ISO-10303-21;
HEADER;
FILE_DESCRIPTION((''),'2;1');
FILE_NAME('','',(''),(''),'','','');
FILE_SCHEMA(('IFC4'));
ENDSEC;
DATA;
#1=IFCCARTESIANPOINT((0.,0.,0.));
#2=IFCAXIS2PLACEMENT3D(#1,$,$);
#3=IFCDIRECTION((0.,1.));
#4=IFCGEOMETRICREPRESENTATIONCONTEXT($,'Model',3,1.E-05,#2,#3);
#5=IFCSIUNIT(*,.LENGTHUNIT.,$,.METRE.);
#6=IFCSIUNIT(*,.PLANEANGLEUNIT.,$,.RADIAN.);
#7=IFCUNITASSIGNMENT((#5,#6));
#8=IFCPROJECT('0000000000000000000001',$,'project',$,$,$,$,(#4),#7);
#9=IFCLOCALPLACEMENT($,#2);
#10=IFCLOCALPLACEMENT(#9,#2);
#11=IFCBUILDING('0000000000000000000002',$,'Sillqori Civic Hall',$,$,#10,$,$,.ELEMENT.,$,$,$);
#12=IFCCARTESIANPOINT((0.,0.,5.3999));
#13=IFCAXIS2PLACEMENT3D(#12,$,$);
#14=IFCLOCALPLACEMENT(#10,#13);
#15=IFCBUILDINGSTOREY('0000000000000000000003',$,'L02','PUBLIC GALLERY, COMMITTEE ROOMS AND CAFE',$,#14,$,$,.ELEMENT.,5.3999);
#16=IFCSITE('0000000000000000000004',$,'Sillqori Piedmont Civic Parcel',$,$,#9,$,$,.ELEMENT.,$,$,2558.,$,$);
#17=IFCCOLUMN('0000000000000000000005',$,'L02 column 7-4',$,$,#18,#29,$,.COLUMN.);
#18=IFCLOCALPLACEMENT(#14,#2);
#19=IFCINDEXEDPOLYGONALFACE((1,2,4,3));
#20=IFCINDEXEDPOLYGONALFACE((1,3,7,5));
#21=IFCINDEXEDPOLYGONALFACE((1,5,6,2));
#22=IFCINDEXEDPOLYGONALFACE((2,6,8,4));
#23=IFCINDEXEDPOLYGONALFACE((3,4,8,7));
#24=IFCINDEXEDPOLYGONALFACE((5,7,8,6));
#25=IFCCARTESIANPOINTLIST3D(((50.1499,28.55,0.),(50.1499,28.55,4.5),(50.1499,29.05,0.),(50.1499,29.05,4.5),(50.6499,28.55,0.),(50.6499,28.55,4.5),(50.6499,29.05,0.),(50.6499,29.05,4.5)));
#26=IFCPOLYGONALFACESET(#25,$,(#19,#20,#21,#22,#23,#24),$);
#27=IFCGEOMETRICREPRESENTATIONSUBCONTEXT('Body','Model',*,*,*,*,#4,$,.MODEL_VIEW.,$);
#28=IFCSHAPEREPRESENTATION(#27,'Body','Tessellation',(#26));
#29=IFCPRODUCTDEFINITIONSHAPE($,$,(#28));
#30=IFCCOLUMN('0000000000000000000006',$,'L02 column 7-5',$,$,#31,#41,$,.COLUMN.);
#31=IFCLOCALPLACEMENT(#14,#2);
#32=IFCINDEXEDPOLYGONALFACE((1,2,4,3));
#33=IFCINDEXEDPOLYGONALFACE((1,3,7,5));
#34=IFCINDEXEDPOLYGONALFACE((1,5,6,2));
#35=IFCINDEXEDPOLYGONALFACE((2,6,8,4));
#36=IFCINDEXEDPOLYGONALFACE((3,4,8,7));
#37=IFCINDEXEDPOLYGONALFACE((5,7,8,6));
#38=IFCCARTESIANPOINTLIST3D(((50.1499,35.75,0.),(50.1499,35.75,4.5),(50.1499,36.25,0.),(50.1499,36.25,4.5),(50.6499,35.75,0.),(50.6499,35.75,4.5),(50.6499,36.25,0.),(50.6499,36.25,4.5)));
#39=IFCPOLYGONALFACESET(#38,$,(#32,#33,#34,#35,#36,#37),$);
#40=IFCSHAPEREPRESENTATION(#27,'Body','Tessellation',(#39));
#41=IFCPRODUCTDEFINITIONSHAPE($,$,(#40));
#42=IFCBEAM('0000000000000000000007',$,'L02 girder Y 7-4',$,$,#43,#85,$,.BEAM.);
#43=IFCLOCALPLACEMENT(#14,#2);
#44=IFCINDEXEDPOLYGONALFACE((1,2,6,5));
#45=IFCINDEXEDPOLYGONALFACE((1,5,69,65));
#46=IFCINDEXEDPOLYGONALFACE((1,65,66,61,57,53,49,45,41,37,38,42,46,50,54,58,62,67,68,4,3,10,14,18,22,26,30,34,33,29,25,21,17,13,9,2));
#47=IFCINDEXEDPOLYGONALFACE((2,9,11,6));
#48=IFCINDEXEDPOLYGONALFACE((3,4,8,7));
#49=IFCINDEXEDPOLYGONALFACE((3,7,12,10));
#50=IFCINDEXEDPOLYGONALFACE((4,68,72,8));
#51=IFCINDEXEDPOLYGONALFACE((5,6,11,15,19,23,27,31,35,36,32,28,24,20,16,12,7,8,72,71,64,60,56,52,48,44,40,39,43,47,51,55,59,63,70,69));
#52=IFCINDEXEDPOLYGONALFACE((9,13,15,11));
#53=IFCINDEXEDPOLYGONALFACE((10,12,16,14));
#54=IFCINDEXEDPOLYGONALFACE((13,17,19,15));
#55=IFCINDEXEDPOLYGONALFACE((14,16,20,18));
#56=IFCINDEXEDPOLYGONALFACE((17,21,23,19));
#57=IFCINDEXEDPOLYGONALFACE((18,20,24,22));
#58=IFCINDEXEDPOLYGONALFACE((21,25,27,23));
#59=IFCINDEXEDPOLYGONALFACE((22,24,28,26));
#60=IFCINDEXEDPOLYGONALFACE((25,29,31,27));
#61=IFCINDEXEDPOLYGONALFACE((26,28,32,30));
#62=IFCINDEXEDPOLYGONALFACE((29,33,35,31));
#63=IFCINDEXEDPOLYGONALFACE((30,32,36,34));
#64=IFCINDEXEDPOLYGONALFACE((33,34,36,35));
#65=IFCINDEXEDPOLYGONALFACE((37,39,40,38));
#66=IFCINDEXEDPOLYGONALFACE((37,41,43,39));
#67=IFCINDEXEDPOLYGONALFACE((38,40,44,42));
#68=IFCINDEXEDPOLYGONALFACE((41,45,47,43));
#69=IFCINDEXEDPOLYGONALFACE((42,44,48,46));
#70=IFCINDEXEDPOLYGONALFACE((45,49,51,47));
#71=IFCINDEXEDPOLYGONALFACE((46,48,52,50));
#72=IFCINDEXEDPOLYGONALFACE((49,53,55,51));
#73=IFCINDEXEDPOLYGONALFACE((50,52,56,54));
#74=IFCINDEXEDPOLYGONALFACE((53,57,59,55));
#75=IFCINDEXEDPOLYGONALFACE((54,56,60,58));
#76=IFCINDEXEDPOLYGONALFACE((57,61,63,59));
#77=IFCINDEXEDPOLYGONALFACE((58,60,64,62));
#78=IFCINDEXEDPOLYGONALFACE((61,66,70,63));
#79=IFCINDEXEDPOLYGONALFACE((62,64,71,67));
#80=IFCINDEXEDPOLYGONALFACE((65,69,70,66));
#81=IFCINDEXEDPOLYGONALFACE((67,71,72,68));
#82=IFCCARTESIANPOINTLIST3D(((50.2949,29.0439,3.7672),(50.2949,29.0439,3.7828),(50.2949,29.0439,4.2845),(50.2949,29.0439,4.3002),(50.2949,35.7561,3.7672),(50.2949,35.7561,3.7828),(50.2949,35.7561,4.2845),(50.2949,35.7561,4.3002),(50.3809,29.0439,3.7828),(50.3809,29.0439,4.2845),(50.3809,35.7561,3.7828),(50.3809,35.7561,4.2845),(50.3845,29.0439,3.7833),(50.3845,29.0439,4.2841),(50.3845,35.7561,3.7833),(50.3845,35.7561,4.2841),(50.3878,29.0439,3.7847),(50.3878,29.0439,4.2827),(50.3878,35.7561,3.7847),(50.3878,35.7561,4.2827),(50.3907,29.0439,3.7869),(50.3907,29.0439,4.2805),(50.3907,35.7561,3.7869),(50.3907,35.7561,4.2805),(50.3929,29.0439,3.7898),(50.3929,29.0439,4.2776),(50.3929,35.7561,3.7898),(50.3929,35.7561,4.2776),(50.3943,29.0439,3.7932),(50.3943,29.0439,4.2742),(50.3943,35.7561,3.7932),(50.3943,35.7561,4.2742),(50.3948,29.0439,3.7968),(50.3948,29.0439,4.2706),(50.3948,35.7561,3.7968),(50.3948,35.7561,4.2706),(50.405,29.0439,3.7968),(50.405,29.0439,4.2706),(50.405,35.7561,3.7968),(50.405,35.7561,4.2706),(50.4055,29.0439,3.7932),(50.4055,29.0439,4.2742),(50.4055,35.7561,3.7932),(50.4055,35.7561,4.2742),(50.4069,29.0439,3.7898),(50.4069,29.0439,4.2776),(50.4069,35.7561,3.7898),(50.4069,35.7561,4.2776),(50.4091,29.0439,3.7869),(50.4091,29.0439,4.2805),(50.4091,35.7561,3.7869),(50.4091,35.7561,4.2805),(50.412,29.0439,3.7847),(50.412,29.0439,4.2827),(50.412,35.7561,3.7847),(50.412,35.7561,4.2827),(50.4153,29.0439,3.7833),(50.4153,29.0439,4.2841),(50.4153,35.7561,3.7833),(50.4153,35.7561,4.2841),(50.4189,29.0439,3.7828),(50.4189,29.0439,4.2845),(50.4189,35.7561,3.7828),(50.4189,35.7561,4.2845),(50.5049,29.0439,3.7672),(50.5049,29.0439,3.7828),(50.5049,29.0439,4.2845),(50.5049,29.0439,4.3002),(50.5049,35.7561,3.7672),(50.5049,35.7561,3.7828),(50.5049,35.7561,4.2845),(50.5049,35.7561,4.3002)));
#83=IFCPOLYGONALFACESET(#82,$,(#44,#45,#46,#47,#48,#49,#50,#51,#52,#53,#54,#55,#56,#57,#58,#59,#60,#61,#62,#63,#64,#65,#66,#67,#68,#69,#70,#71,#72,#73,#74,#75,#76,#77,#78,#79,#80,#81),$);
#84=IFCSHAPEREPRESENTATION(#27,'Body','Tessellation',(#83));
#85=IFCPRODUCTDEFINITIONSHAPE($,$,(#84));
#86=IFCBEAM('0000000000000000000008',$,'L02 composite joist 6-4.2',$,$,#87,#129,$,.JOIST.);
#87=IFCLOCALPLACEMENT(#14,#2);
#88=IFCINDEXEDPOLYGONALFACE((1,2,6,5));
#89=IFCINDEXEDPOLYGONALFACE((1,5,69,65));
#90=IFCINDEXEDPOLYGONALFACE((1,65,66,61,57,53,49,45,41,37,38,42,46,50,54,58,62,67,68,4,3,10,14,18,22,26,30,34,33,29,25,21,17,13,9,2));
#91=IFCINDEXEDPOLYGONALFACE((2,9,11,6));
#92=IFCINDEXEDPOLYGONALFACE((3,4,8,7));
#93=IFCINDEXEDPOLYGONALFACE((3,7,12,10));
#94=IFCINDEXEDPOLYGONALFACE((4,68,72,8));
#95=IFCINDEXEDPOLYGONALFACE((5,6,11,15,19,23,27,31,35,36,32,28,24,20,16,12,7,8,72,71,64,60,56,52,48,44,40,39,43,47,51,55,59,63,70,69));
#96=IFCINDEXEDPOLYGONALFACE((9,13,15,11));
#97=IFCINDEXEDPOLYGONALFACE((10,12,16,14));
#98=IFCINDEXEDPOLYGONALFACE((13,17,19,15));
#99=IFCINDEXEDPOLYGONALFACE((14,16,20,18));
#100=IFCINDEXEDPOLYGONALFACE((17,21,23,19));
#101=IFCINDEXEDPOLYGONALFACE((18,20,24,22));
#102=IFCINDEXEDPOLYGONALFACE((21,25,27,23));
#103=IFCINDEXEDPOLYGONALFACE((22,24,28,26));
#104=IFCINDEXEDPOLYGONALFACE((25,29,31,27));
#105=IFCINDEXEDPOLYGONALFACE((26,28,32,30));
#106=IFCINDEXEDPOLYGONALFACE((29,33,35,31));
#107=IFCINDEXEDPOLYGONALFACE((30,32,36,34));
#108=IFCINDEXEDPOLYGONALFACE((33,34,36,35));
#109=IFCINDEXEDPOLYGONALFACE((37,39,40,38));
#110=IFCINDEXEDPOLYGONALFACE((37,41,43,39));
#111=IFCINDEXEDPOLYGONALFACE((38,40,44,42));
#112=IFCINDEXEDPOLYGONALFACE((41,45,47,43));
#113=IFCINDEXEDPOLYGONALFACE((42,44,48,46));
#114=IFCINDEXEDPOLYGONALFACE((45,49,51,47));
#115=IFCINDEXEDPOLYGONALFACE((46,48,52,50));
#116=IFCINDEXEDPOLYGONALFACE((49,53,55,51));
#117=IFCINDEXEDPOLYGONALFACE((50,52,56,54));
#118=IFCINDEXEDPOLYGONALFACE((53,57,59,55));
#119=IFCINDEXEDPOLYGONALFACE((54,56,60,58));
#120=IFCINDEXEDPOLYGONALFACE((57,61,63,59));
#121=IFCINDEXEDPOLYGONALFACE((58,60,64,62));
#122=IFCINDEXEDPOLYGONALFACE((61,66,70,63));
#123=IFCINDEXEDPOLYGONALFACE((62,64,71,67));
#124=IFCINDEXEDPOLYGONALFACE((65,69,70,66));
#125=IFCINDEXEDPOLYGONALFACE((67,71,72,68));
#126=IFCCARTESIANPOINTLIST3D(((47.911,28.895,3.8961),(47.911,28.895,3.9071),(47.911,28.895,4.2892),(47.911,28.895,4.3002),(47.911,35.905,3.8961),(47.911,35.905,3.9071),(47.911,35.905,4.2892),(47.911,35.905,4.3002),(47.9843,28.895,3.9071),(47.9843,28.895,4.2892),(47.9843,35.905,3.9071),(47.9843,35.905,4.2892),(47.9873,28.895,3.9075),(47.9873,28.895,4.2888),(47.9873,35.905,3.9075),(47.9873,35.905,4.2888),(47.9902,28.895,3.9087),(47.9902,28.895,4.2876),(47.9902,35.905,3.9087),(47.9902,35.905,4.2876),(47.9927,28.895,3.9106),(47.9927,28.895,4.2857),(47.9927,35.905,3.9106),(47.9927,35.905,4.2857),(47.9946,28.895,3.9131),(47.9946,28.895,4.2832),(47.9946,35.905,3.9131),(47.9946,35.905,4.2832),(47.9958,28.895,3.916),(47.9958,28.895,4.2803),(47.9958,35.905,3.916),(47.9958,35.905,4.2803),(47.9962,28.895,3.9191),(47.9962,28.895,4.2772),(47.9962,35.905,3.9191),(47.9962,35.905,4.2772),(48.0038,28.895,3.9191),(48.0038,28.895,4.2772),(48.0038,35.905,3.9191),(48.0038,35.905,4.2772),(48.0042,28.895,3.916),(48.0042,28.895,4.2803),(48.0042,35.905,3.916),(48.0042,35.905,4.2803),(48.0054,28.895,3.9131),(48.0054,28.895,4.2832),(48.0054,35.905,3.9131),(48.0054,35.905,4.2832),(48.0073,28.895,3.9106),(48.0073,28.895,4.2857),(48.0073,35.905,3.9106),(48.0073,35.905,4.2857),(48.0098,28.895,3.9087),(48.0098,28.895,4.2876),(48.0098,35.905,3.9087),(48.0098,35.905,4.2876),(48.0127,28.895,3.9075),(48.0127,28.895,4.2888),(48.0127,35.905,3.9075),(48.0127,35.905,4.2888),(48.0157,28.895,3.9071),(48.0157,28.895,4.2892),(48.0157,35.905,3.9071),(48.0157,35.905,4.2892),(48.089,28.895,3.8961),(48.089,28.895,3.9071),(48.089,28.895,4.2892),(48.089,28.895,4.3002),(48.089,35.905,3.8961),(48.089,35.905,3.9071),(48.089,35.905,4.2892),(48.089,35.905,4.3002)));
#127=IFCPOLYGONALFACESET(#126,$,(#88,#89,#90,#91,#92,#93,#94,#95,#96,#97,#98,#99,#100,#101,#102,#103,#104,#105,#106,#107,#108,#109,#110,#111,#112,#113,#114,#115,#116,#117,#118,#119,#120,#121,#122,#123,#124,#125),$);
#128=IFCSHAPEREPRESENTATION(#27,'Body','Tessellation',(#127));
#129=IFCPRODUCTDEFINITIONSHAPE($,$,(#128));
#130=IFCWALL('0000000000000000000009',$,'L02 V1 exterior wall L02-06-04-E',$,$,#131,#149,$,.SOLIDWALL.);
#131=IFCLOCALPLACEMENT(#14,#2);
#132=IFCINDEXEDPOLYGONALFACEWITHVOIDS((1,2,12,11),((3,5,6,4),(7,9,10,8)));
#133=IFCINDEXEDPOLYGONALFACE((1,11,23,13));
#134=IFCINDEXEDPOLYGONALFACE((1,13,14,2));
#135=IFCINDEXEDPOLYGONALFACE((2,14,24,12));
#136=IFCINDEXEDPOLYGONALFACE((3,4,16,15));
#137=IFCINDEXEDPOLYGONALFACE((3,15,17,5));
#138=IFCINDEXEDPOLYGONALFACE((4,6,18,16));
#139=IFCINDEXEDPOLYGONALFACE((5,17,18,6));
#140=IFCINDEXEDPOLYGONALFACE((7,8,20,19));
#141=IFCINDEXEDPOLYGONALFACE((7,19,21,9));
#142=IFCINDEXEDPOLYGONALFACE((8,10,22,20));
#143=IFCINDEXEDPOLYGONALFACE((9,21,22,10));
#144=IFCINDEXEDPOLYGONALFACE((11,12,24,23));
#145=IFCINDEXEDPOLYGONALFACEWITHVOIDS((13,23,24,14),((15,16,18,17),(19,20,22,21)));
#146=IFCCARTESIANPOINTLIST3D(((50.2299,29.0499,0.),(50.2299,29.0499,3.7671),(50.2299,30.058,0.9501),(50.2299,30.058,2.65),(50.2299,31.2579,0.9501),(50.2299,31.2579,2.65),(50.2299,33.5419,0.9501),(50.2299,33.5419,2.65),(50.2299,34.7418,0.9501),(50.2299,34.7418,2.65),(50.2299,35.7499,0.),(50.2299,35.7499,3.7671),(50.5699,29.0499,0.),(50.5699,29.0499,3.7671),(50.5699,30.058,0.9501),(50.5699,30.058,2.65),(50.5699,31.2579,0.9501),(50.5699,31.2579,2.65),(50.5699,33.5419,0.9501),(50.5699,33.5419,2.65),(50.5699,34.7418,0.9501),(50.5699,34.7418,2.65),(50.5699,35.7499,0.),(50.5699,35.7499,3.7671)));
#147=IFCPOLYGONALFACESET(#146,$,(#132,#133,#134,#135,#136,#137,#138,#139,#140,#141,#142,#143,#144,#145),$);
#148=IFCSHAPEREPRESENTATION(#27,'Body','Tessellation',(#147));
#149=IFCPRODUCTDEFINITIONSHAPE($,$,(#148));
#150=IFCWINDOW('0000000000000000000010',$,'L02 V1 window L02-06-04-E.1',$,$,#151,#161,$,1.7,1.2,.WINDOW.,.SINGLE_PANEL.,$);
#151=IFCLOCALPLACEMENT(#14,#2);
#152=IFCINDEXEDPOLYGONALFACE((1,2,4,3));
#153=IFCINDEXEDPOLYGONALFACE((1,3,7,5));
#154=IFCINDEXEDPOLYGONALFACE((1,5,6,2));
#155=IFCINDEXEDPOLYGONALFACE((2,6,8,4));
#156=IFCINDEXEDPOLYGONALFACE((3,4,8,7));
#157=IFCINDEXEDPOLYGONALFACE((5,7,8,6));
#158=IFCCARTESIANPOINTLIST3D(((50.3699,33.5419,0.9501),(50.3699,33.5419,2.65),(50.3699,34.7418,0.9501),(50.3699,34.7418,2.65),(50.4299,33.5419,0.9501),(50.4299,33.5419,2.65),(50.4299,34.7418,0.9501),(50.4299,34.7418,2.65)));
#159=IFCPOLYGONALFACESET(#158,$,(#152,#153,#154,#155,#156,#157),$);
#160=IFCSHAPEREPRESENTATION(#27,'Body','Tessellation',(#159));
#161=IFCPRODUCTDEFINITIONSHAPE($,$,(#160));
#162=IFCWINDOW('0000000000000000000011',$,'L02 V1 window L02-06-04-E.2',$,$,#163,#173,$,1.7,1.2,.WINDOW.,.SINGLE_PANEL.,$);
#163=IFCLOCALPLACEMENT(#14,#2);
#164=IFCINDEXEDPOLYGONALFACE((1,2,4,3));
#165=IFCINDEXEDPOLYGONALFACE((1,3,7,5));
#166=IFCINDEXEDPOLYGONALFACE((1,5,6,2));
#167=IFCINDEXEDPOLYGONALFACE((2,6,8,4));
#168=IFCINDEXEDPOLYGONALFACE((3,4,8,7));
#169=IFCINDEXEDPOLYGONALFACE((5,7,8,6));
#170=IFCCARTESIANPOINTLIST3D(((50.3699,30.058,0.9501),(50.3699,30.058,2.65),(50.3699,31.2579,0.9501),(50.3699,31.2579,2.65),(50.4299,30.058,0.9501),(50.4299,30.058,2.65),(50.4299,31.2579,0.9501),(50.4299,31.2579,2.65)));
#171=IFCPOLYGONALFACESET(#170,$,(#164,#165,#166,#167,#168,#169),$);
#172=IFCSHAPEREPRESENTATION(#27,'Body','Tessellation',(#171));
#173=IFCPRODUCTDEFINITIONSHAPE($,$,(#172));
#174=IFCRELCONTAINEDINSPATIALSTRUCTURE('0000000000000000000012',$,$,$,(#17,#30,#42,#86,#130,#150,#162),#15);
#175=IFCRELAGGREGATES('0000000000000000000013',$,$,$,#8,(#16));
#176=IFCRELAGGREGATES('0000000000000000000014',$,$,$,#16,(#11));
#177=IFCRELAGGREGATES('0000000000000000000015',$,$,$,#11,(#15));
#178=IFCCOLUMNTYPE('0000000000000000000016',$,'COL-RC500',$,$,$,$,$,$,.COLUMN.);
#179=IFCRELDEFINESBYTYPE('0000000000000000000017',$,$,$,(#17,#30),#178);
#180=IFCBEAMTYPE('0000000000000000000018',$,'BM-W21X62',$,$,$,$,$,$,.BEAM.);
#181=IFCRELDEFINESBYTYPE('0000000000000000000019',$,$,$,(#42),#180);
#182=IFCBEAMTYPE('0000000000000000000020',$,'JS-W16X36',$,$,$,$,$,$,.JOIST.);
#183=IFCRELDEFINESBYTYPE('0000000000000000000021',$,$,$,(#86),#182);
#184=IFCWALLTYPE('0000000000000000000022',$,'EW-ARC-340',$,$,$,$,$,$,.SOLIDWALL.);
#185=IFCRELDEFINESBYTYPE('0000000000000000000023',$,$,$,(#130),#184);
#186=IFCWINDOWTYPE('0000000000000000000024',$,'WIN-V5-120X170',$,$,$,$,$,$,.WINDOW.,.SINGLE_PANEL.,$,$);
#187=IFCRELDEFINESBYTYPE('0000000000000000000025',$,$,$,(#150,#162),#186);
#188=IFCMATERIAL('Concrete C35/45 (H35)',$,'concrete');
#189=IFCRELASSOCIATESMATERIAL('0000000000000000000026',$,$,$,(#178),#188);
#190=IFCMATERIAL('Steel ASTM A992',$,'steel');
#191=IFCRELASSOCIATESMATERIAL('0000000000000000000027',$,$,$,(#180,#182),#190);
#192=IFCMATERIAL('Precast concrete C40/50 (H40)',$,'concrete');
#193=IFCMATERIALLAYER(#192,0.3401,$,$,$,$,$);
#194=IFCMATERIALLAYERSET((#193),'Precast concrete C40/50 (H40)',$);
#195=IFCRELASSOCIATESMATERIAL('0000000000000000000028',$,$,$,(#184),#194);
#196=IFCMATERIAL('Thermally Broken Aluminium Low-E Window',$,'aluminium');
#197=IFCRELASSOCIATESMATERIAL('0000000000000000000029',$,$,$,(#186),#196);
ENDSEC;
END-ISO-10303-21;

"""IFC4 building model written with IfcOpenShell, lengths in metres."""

from ifc_helpers import new_model, si_unit, direction, frame, frame_2d, origin, origin_2d, place, context, subcontext, project, spatial, rectangle, i_section, extrude, material, layer, layer_set, material_profile, profile_set, type_object, element, fill, save


model = new_model("IFC4")

# Units and contexts
model_context = context("Model", 3, precision=1e-05, world=origin(), true_north=direction((0.0, 1.0)))
body_context = subcontext(model_context, "Body", "Model", "MODEL_VIEW")
ifc_project = project(units=[si_unit("LENGTHUNIT", "METRE"), si_unit("PLANEANGLEUNIT", "RADIAN")], contexts=[model_context])

# Site, building, storey
site_placement = place(None, origin())
site = spatial("IfcSite", under=ifc_project, at=site_placement, Name="Sillqori Piedmont Civic Parcel", CompositionType="ELEMENT", RefElevation=2558.0)
building_placement = place(site_placement, origin())
building = spatial("IfcBuilding", under=site, at=building_placement, Name="Sillqori Civic Hall", CompositionType="ELEMENT")
storey_placement = place(building_placement, frame((0.0, 0.0, 5.3999)))
storey = spatial("IfcBuildingStorey", under=building, at=storey_placement, Name="L02", Description="PUBLIC GALLERY, COMMITTEE ROOMS AND CAFE", CompositionType="ELEMENT", Elevation=5.3999)

# Columns
ifc_material_1 = material(Name="Concrete C35/45 (H35)", Category="concrete")
ifc_material_profile_1 = material_profile(ifc_material_1, rectangle(XDim=0.5, YDim=0.5, at=origin_2d()), Name="RC 500x500")
ifc_profile_set_1 = profile_set([ifc_material_profile_1], Name="Concrete C35/45 (H35)")
column_type = type_object("IfcColumnType", Name="COL-RC500", PredefinedType="COLUMN", material=ifc_profile_set_1)
for number, where, z_axis, x_axis, name in (
    (1, (50.3999, 28.8, 0.0), (0.0, 0.0, 1.0), (1.0, 0.0, 0.0), "L02 column 7-4"),
    (2, (50.3999, 36.0, 0.0), (0.0, 0.0, 1.0), (1.0, 0.0, 0.0), "L02 column 7-5"),
):
    element("IfcColumn", number, at=place(storey_placement, frame(where, z_axis=z_axis, x_axis=x_axis)), inside=storey, type_object=column_type, Name=name, PredefinedType="COLUMN", context=body_context, shape_type="SweptSolid", body=[
        extrude(rectangle(XDim=0.5, YDim=0.5, at=origin_2d()), origin(), (0.0, 0.0, 1.0), 4.5),
    ])

# Beams
ifc_material_2 = material(Name="Steel ASTM A992", Category="steel")
ifc_material_profile_2 = material_profile(ifc_material_2, i_section(OverallWidth=0.21, OverallDepth=0.533, WebThickness=0.0103, FlangeThickness=0.0156, FilletRadius=0.0139, at=origin_2d()), Name="W21X62")
ifc_profile_set_2 = profile_set([ifc_material_profile_2], Name="Steel ASTM A992")
beam_type_1 = type_object("IfcBeamType", Name="BM-W21X62", PredefinedType="BEAM", material=ifc_profile_set_2)
beam_1_placement = place(storey_placement, frame((50.3999, 29.0439, 4.0337), z_axis=(0.0, 1.0, 0.0), x_axis=(-1.0, 0.0, 0.0)))
element("IfcBeam", 3, at=beam_1_placement, inside=storey, type_object=beam_type_1, Name="L02 girder Y 7-4", PredefinedType="BEAM", context=body_context, shape_type="SweptSolid", body=[
    extrude(i_section(OverallWidth=0.21, OverallDepth=0.533, WebThickness=0.0103, FlangeThickness=0.0156, FilletRadius=0.0139, at=origin_2d()), origin(), (0.0, 0.0, 1.0), 6.7122),
])
ifc_material_profile_3 = material_profile(ifc_material_2, i_section(OverallWidth=0.178, OverallDepth=0.4041, WebThickness=0.0076, FlangeThickness=0.011, FilletRadius=0.012, at=origin_2d()), Name="W16X36")
ifc_profile_set_3 = profile_set([ifc_material_profile_3], Name="Steel ASTM A992")
beam_type_2 = type_object("IfcBeamType", Name="JS-W16X36", PredefinedType="JOIST", material=ifc_profile_set_3)
beam_2_placement = place(storey_placement, frame((48.0, 28.895, 4.0981), z_axis=(0.0, 1.0, 0.0), x_axis=(-1.0, 0.0, 0.0)))
element("IfcBeam", 4, at=beam_2_placement, inside=storey, type_object=beam_type_2, Name="L02 composite joist 6-4.2", PredefinedType="JOIST", context=body_context, shape_type="SweptSolid", body=[
    extrude(i_section(OverallWidth=0.178, OverallDepth=0.4041, WebThickness=0.0076, FlangeThickness=0.011, FilletRadius=0.012, at=origin_2d()), origin(), (0.0, 0.0, 1.0), 7.01),
])

# Wall, openings, windows
ifc_material_3 = material(Name="Precast concrete C40/50 (H40)", Category="concrete")
ifc_layer_1 = layer(ifc_material_3, 0.3401)
ifc_layer_set_1 = layer_set([ifc_layer_1], Name="Precast concrete C40/50 (H40)")
wall_type = type_object("IfcWallType", Name="EW-ARC-340", PredefinedType="SOLIDWALL", material=ifc_layer_set_1)
wall_placement = place(storey_placement, frame((50.3999, 35.75, 0.0), z_axis=(0.0, 0.0, 1.0), x_axis=(0.0, -1.0, 0.0)))
wall = element("IfcWall", 5, at=wall_placement, inside=storey, type_object=wall_type, Name="L02 V1 exterior wall L02-06-04-E", PredefinedType="SOLIDWALL", context=body_context, shape_type="SweptSolid", body=[
    extrude(rectangle(XDim=6.7, YDim=0.3401, at=frame_2d((3.3501, 0.0))), origin(), (0.0, 0.0, 1.0), 3.7671),
])
opening_1_placement = place(wall_placement, frame((1.0081, 0.0, 0.95)))
opening_1 = element("IfcOpeningElement", 6, at=opening_1_placement, cuts=wall, PredefinedType="OPENING", context=body_context, shape_type="SweptSolid", body=[
    extrude(rectangle(XDim=1.2, YDim=1.7, at=frame_2d((0.6001, 0.8501))), frame((0.0, 0.1799, 0.0), z_axis=(0.0, -1.0, 0.0), x_axis=(1.0, 0.0, 0.0)), (0.0, 0.0, 1.0), 0.3601),
])
opening_2_placement = place(wall_placement, frame((4.4919, 0.0, 0.95)))
opening_2 = element("IfcOpeningElement", 7, at=opening_2_placement, cuts=wall, PredefinedType="OPENING", context=body_context, shape_type="SweptSolid", body=[
    extrude(rectangle(XDim=1.2, YDim=1.7, at=frame_2d((0.6001, 0.8501))), frame((0.0, 0.1799, 0.0), z_axis=(0.0, -1.0, 0.0), x_axis=(1.0, 0.0, 0.0)), (0.0, 0.0, 1.0), 0.3601),
])
ifc_material_4 = material(Name="Thermally Broken Aluminium Low-E Window", Category="aluminium")
window_type = type_object("IfcWindowType", Name="WIN-V5-120X170", PartitioningType="SINGLE_PANEL", PredefinedType="WINDOW", material=ifc_material_4)
window_1_placement = place(opening_1_placement, origin())
window_1 = element("IfcWindow", 8, at=window_1_placement, inside=storey, type_object=window_type, Name="L02 V1 window L02-06-04-E.1", OverallHeight=1.7, OverallWidth=1.2, PartitioningType="SINGLE_PANEL", PredefinedType="WINDOW", context=body_context, shape_type="SweptSolid", body=[
    extrude(rectangle(XDim=1.2, YDim=1.7, at=frame_2d((0.6001, 0.8501))), frame((0.0, 0.03, 0.0), z_axis=(0.0, -1.0, 0.0), x_axis=(1.0, 0.0, 0.0)), (0.0, 0.0, 1.0), 0.0601),
])
fill(opening_1, window_1)
window_2_placement = place(opening_2_placement, origin())
window_2 = element("IfcWindow", 9, at=window_2_placement, inside=storey, type_object=window_type, Name="L02 V1 window L02-06-04-E.2", OverallHeight=1.7, OverallWidth=1.2, PartitioningType="SINGLE_PANEL", PredefinedType="WINDOW", context=body_context, shape_type="SweptSolid", body=[
    extrude(rectangle(XDim=1.2, YDim=1.7, at=frame_2d((0.6001, 0.8501))), frame((0.0, 0.03, 0.0), z_axis=(0.0, -1.0, 0.0), x_axis=(1.0, 0.0, 0.0)), (0.0, 0.0, 1.0), 0.0601),
])
fill(opening_2, window_2)

save(model, "model.ifc")
